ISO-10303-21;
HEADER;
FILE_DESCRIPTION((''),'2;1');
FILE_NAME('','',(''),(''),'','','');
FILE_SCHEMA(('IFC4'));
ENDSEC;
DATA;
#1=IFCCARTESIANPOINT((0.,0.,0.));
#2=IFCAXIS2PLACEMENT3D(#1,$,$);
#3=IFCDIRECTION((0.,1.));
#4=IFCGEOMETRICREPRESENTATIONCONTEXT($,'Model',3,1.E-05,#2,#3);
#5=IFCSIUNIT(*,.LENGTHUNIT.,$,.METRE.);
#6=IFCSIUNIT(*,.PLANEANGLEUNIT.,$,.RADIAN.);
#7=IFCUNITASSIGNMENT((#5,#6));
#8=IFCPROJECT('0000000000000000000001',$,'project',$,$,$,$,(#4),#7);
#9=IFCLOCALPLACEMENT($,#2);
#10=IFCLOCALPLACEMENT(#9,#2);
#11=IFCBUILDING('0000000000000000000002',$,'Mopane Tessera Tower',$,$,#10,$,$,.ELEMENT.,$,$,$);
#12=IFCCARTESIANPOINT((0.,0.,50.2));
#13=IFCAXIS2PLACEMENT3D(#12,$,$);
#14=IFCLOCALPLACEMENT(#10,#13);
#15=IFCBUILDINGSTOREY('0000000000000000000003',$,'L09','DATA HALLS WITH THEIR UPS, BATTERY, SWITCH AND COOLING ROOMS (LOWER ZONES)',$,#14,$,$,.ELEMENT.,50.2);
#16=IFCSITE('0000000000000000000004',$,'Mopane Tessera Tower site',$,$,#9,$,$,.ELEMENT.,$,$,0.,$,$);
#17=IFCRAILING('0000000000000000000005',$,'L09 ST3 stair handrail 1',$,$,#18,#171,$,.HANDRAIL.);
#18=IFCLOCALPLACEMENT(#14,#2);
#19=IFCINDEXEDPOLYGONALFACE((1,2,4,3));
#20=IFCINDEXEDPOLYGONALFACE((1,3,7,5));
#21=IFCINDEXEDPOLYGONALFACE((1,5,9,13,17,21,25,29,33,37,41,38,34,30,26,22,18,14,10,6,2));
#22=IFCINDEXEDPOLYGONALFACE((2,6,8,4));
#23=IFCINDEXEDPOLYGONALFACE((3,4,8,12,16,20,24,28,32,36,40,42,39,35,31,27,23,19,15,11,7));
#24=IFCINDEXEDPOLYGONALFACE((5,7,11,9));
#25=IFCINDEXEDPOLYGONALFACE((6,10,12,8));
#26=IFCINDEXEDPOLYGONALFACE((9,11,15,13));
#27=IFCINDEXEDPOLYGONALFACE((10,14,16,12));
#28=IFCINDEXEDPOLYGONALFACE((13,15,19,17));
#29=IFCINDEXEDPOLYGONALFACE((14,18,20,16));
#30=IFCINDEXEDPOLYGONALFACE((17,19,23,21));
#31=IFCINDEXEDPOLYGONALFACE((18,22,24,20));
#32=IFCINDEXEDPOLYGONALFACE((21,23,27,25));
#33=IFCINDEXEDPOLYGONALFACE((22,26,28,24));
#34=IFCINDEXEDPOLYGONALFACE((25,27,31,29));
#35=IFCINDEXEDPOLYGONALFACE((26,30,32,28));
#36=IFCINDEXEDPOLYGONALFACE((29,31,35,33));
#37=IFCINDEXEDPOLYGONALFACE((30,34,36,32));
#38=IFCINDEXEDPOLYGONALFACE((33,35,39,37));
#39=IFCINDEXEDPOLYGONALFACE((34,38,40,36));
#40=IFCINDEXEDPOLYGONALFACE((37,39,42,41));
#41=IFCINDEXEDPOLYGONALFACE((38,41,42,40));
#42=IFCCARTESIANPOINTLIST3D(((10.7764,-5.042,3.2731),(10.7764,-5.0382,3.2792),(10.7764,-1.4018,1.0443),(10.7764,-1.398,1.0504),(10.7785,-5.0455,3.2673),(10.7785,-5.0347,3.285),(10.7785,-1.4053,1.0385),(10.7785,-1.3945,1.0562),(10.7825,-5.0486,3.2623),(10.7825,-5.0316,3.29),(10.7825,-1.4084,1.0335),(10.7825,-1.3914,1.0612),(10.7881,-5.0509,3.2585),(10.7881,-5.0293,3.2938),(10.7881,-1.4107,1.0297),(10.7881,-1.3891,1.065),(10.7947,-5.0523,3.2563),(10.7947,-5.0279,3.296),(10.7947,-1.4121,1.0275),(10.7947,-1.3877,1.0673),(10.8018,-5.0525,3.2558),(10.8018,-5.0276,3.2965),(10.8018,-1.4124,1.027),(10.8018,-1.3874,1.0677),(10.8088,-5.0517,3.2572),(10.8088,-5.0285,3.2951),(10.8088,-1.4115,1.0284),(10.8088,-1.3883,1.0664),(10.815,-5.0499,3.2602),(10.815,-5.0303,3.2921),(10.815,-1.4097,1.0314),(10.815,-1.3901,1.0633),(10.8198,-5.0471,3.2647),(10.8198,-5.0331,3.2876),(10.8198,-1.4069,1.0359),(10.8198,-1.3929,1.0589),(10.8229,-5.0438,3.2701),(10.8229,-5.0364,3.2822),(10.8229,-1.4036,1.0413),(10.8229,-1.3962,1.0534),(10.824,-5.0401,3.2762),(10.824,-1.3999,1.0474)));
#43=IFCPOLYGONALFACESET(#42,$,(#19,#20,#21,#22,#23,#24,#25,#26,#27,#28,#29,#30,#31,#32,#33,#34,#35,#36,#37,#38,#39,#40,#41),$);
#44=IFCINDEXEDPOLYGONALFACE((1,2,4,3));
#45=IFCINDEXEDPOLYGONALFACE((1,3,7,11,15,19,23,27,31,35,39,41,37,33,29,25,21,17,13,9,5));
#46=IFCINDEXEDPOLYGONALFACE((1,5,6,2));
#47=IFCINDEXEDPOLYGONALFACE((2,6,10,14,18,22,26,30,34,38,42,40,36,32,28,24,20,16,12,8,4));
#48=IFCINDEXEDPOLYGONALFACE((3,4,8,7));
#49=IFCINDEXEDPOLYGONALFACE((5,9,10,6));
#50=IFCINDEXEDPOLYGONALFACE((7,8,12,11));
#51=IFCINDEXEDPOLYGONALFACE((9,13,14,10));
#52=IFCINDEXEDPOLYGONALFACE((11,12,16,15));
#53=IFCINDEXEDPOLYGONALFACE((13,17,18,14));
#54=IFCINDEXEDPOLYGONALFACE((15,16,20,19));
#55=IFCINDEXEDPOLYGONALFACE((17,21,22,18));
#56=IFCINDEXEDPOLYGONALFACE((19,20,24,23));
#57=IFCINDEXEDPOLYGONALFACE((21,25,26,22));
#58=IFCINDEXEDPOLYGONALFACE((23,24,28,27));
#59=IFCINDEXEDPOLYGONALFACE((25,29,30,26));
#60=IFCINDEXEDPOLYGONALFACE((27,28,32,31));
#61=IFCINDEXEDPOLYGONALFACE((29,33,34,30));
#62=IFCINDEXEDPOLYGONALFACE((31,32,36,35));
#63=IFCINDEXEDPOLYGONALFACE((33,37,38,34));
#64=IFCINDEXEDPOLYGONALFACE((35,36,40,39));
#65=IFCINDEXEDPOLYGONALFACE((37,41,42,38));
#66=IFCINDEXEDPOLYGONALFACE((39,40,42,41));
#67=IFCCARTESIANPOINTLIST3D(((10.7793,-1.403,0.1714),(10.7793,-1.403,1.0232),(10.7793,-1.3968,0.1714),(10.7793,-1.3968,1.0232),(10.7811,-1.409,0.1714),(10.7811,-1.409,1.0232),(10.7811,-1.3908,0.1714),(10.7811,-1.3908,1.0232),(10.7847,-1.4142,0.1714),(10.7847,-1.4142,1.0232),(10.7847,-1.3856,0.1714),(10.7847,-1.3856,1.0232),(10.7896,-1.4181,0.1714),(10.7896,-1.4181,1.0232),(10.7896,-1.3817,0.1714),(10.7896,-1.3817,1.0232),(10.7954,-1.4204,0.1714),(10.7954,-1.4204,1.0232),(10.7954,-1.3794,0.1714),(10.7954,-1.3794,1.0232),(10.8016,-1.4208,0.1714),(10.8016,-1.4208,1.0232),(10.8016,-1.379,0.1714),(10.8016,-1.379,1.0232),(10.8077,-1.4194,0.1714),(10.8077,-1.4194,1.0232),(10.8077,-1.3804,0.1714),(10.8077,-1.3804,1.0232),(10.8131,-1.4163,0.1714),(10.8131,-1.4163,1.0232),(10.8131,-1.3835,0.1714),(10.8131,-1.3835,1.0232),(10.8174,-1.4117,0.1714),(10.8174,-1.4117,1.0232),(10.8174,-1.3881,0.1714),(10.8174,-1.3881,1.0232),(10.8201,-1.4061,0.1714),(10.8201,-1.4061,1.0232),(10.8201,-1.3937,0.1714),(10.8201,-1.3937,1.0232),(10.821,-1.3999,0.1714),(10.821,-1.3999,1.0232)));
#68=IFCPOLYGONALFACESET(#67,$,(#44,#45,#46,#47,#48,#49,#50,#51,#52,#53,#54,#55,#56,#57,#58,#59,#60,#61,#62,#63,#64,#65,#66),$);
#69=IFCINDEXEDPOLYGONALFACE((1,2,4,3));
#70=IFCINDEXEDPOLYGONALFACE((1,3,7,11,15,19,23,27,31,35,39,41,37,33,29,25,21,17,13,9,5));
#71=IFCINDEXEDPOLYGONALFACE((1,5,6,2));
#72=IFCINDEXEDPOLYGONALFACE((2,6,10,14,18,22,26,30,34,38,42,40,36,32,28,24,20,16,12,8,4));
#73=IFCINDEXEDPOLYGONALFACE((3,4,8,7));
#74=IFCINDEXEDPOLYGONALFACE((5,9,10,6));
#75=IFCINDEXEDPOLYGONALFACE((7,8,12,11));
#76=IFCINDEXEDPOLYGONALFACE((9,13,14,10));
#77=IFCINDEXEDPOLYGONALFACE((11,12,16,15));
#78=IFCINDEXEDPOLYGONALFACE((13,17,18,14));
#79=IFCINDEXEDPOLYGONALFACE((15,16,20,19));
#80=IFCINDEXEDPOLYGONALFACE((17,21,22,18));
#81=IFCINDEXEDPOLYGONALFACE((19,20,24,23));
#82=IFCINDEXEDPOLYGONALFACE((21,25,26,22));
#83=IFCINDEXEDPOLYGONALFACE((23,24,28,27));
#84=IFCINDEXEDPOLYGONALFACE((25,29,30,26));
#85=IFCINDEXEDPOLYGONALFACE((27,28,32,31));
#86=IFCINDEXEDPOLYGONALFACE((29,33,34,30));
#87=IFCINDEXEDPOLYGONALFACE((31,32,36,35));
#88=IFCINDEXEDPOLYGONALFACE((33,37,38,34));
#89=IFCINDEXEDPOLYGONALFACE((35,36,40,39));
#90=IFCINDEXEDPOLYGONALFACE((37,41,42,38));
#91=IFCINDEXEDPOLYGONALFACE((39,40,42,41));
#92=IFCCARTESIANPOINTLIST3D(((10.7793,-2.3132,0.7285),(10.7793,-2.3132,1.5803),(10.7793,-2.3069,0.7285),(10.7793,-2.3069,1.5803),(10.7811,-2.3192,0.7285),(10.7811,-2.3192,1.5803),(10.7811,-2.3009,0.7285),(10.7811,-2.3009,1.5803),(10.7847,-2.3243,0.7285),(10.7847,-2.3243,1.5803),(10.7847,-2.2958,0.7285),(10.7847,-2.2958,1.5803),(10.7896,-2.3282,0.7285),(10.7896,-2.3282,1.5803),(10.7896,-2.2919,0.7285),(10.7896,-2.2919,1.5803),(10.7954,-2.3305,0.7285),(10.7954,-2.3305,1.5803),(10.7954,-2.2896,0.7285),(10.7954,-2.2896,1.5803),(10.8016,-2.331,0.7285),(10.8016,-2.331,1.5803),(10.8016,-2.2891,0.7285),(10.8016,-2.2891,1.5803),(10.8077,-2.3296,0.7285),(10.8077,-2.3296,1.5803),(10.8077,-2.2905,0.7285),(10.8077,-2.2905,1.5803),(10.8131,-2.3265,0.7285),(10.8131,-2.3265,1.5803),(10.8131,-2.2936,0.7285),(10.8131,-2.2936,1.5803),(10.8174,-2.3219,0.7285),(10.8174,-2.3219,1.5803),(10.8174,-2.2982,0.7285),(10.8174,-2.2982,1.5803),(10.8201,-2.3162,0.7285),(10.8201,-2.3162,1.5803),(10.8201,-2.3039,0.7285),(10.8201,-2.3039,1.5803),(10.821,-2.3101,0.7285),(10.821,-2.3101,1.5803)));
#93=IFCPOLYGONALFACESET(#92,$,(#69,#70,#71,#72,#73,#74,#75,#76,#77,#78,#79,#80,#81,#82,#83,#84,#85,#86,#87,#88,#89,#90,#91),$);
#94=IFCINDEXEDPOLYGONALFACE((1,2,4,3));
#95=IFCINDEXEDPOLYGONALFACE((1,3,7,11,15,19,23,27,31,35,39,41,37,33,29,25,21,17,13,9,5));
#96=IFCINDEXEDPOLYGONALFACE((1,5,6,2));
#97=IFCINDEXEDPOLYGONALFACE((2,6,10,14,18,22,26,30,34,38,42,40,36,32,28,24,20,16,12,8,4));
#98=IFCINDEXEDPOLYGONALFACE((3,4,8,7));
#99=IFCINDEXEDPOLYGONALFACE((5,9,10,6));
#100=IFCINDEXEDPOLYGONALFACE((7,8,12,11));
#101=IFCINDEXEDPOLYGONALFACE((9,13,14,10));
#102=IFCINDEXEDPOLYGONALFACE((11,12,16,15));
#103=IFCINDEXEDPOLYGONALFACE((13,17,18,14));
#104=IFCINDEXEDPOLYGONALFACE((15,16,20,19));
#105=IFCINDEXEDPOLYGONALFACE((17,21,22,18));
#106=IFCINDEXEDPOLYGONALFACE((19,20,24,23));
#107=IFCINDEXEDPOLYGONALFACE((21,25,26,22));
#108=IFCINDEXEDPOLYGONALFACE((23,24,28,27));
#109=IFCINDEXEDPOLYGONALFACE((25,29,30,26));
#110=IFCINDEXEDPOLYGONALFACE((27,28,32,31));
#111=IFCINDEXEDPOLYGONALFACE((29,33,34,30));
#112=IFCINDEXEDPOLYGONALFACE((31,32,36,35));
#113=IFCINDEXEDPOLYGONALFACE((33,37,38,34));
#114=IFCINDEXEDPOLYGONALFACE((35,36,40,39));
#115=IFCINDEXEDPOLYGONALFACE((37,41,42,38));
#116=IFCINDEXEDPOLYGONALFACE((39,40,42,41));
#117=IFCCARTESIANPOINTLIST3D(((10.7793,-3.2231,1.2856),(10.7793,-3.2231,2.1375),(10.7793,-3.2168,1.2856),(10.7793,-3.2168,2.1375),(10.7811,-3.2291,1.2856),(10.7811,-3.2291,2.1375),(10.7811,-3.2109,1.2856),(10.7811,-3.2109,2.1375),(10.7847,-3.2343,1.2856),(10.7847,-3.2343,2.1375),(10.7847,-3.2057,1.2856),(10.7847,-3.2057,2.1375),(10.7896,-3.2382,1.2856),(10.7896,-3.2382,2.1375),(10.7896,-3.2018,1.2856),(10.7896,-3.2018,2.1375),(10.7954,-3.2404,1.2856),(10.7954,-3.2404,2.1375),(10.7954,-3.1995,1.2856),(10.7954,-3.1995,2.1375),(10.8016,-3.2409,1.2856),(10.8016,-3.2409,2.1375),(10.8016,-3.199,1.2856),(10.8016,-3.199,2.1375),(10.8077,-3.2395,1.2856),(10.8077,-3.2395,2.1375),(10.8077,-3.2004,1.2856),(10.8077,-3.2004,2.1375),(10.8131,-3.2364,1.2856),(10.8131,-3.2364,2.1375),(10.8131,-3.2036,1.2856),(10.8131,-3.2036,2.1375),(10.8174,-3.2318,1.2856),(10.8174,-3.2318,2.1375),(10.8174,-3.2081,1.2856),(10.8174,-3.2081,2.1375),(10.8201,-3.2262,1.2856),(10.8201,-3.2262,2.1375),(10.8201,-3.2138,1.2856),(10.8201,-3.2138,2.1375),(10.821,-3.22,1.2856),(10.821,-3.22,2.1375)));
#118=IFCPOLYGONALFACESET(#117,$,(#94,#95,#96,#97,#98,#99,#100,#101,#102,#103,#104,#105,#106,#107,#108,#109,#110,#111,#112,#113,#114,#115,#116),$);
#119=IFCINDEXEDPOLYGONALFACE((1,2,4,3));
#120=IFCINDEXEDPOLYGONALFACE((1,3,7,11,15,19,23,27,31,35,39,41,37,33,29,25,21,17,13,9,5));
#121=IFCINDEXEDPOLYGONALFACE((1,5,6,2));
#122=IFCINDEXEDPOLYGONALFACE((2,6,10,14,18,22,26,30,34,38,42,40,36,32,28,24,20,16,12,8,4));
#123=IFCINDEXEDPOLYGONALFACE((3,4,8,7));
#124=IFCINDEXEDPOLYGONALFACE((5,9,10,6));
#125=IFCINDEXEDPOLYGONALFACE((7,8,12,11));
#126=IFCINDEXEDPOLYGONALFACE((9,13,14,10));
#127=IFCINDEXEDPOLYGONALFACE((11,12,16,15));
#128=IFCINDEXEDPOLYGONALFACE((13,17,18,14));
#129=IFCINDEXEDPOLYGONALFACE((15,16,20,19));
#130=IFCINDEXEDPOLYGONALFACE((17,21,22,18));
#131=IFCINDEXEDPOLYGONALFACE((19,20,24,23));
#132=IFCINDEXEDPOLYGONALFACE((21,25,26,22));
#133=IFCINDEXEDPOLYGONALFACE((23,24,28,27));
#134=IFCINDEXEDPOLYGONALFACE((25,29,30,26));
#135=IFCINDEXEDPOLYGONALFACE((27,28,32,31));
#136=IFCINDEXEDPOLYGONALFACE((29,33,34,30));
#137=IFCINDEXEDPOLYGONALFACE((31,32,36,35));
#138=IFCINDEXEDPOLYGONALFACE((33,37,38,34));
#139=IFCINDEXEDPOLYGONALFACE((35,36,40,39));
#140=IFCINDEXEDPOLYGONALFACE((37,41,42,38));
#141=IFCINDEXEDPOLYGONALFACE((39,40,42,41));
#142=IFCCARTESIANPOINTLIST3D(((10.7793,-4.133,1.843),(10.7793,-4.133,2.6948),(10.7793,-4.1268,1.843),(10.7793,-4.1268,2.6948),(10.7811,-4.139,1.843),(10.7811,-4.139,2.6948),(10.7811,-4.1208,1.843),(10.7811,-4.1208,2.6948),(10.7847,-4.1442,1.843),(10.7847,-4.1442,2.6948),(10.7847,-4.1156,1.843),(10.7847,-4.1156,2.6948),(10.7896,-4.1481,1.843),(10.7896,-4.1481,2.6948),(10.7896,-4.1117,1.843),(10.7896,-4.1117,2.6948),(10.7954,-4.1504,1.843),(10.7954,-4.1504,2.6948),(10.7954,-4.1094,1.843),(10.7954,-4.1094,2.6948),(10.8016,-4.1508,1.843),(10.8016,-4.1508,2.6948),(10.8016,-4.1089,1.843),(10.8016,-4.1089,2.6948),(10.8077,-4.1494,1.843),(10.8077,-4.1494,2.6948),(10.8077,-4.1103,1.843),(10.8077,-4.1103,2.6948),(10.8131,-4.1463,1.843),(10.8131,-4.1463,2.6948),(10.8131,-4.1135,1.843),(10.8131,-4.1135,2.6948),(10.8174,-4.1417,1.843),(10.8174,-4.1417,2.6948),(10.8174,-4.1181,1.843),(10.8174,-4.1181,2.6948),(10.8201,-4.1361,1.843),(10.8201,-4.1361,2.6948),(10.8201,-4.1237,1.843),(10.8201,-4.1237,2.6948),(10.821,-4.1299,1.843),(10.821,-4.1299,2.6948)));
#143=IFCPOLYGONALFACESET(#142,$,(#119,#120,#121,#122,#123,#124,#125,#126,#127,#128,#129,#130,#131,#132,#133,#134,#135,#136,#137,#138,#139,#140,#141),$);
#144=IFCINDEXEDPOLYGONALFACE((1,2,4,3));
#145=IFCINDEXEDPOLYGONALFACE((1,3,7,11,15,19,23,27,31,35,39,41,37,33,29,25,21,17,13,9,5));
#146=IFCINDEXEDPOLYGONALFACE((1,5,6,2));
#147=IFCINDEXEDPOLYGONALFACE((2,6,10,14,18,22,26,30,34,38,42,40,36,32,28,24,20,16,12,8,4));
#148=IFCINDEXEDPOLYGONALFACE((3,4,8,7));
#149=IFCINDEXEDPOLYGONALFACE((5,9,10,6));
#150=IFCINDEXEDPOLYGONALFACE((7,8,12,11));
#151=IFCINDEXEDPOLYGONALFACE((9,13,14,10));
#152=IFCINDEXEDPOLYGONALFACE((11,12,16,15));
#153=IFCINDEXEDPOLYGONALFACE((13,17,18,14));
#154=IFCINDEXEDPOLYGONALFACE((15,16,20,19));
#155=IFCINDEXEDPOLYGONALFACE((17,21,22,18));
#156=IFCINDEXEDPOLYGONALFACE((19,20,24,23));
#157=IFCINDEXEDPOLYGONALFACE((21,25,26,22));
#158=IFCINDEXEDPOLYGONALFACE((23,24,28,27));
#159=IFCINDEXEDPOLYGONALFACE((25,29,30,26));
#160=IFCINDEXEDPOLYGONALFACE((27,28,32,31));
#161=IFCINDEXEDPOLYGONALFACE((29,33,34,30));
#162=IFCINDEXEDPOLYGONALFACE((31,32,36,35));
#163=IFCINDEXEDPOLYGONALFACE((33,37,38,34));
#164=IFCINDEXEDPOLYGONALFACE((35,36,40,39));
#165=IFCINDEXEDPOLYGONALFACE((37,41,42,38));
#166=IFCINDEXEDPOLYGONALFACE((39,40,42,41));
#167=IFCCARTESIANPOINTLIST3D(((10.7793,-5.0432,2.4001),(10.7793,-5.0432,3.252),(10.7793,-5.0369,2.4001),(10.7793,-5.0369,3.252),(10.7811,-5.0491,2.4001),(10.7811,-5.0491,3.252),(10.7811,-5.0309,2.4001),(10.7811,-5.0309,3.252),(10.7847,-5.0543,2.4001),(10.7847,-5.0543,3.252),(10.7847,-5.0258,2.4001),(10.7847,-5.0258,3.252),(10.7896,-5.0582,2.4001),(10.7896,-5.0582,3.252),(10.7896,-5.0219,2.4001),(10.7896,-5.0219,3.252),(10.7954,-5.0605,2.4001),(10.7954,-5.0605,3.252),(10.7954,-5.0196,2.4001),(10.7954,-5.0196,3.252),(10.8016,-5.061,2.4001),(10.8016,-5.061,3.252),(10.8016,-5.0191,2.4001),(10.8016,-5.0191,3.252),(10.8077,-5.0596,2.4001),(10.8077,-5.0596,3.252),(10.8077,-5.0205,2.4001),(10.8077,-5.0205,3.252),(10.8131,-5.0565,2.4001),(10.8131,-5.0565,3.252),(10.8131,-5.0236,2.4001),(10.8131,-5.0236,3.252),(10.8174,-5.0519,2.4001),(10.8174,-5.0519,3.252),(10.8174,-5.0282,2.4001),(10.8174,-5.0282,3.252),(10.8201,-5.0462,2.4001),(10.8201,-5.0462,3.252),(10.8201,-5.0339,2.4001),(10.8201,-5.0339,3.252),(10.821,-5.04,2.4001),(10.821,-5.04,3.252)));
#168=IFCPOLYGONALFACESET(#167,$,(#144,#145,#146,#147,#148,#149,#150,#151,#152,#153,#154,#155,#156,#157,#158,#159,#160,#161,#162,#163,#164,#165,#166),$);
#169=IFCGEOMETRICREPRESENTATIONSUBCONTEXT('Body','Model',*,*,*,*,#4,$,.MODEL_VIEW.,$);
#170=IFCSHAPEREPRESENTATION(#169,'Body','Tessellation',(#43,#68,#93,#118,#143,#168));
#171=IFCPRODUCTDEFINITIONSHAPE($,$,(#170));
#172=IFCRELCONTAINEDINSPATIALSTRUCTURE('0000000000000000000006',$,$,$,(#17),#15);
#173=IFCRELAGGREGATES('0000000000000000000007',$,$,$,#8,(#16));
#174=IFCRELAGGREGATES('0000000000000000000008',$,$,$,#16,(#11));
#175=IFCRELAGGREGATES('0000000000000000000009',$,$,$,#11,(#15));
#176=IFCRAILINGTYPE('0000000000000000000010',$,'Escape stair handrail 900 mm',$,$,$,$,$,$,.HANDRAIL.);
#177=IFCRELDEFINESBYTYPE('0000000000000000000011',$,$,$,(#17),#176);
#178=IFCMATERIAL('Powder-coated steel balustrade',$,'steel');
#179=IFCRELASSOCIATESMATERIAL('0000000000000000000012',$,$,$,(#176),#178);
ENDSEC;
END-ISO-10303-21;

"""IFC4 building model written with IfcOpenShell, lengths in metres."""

from ifc_helpers import new_model, si_unit, direction, frame, origin, origin_2d, place, context, subcontext, project, spatial, circle, extrude, material, type_object, element, save


model = new_model("IFC4")

# Units and contexts
model_context = context("Model", 3, precision=1e-05, world=origin(), true_north=direction((0.0, 1.0)))
body_context = subcontext(model_context, "Body", "Model", "MODEL_VIEW")
ifc_project = project(units=[si_unit("LENGTHUNIT", "METRE"), si_unit("PLANEANGLEUNIT", "RADIAN")], contexts=[model_context])

# Site, building, storey
site_placement = place(None, origin())
site = spatial("IfcSite", under=ifc_project, at=site_placement, Name="Mopane Tessera Tower site", CompositionType="ELEMENT", RefElevation=0.0)
building_placement = place(site_placement, origin())
building = spatial("IfcBuilding", under=site, at=building_placement, Name="Mopane Tessera Tower", CompositionType="ELEMENT")
storey_placement = place(building_placement, frame((0.0, 0.0, 50.2)))
storey = spatial("IfcBuildingStorey", under=building, at=storey_placement, Name="L09", Description="DATA HALLS WITH THEIR UPS, BATTERY, SWITCH AND COOLING ROOMS (LOWER ZONES)", CompositionType="ELEMENT", Elevation=50.2)

# Railing
ifc_material_1 = material(Name="Powder-coated steel balustrade", Category="steel")
railing_type_1 = type_object("IfcRailingType", Name="Escape stair handrail 900 mm", PredefinedType="HANDRAIL", material=ifc_material_1)
railing_1_placement = place(storey_placement, frame((10.8, -1.3999, 0.1714)))
element("IfcRailing", 1, at=railing_1_placement, inside=storey, type_object=railing_type_1, Name="L09 ST3 stair handrail 1", PredefinedType="HANDRAIL", context=body_context, shape_type="SweptSolid", body=[
    extrude(circle(Radius=0.0239, at=origin_2d()), frame((0.0, 0.0, 0.876), z_axis=(0.0, -0.85284, 0.522172), x_axis=(1.0, 0.0, 0.0)), (0.0, 0.0, 1.0), 4.2683),
    extrude(circle(Radius=0.021, at=origin_2d()), origin(), (0.0, 0.0, 1.0), 0.8518),
    extrude(circle(Radius=0.021, at=origin_2d()), frame((0.0, -0.9102, 0.5571)), (0.0, 0.0, 1.0), 0.8518),
    extrude(circle(Radius=0.021, at=origin_2d()), frame((0.0, -1.8201, 1.1143)), (0.0, 0.0, 1.0), 0.8518),
    extrude(circle(Radius=0.021, at=origin_2d()), frame((0.0, -2.73, 1.6716)), (0.0, 0.0, 1.0), 0.8518),
    extrude(circle(Radius=0.021, at=origin_2d()), frame((0.0, -3.6401, 2.2288)), (0.0, 0.0, 1.0), 0.8518),
])

save(model, "model.ifc")
